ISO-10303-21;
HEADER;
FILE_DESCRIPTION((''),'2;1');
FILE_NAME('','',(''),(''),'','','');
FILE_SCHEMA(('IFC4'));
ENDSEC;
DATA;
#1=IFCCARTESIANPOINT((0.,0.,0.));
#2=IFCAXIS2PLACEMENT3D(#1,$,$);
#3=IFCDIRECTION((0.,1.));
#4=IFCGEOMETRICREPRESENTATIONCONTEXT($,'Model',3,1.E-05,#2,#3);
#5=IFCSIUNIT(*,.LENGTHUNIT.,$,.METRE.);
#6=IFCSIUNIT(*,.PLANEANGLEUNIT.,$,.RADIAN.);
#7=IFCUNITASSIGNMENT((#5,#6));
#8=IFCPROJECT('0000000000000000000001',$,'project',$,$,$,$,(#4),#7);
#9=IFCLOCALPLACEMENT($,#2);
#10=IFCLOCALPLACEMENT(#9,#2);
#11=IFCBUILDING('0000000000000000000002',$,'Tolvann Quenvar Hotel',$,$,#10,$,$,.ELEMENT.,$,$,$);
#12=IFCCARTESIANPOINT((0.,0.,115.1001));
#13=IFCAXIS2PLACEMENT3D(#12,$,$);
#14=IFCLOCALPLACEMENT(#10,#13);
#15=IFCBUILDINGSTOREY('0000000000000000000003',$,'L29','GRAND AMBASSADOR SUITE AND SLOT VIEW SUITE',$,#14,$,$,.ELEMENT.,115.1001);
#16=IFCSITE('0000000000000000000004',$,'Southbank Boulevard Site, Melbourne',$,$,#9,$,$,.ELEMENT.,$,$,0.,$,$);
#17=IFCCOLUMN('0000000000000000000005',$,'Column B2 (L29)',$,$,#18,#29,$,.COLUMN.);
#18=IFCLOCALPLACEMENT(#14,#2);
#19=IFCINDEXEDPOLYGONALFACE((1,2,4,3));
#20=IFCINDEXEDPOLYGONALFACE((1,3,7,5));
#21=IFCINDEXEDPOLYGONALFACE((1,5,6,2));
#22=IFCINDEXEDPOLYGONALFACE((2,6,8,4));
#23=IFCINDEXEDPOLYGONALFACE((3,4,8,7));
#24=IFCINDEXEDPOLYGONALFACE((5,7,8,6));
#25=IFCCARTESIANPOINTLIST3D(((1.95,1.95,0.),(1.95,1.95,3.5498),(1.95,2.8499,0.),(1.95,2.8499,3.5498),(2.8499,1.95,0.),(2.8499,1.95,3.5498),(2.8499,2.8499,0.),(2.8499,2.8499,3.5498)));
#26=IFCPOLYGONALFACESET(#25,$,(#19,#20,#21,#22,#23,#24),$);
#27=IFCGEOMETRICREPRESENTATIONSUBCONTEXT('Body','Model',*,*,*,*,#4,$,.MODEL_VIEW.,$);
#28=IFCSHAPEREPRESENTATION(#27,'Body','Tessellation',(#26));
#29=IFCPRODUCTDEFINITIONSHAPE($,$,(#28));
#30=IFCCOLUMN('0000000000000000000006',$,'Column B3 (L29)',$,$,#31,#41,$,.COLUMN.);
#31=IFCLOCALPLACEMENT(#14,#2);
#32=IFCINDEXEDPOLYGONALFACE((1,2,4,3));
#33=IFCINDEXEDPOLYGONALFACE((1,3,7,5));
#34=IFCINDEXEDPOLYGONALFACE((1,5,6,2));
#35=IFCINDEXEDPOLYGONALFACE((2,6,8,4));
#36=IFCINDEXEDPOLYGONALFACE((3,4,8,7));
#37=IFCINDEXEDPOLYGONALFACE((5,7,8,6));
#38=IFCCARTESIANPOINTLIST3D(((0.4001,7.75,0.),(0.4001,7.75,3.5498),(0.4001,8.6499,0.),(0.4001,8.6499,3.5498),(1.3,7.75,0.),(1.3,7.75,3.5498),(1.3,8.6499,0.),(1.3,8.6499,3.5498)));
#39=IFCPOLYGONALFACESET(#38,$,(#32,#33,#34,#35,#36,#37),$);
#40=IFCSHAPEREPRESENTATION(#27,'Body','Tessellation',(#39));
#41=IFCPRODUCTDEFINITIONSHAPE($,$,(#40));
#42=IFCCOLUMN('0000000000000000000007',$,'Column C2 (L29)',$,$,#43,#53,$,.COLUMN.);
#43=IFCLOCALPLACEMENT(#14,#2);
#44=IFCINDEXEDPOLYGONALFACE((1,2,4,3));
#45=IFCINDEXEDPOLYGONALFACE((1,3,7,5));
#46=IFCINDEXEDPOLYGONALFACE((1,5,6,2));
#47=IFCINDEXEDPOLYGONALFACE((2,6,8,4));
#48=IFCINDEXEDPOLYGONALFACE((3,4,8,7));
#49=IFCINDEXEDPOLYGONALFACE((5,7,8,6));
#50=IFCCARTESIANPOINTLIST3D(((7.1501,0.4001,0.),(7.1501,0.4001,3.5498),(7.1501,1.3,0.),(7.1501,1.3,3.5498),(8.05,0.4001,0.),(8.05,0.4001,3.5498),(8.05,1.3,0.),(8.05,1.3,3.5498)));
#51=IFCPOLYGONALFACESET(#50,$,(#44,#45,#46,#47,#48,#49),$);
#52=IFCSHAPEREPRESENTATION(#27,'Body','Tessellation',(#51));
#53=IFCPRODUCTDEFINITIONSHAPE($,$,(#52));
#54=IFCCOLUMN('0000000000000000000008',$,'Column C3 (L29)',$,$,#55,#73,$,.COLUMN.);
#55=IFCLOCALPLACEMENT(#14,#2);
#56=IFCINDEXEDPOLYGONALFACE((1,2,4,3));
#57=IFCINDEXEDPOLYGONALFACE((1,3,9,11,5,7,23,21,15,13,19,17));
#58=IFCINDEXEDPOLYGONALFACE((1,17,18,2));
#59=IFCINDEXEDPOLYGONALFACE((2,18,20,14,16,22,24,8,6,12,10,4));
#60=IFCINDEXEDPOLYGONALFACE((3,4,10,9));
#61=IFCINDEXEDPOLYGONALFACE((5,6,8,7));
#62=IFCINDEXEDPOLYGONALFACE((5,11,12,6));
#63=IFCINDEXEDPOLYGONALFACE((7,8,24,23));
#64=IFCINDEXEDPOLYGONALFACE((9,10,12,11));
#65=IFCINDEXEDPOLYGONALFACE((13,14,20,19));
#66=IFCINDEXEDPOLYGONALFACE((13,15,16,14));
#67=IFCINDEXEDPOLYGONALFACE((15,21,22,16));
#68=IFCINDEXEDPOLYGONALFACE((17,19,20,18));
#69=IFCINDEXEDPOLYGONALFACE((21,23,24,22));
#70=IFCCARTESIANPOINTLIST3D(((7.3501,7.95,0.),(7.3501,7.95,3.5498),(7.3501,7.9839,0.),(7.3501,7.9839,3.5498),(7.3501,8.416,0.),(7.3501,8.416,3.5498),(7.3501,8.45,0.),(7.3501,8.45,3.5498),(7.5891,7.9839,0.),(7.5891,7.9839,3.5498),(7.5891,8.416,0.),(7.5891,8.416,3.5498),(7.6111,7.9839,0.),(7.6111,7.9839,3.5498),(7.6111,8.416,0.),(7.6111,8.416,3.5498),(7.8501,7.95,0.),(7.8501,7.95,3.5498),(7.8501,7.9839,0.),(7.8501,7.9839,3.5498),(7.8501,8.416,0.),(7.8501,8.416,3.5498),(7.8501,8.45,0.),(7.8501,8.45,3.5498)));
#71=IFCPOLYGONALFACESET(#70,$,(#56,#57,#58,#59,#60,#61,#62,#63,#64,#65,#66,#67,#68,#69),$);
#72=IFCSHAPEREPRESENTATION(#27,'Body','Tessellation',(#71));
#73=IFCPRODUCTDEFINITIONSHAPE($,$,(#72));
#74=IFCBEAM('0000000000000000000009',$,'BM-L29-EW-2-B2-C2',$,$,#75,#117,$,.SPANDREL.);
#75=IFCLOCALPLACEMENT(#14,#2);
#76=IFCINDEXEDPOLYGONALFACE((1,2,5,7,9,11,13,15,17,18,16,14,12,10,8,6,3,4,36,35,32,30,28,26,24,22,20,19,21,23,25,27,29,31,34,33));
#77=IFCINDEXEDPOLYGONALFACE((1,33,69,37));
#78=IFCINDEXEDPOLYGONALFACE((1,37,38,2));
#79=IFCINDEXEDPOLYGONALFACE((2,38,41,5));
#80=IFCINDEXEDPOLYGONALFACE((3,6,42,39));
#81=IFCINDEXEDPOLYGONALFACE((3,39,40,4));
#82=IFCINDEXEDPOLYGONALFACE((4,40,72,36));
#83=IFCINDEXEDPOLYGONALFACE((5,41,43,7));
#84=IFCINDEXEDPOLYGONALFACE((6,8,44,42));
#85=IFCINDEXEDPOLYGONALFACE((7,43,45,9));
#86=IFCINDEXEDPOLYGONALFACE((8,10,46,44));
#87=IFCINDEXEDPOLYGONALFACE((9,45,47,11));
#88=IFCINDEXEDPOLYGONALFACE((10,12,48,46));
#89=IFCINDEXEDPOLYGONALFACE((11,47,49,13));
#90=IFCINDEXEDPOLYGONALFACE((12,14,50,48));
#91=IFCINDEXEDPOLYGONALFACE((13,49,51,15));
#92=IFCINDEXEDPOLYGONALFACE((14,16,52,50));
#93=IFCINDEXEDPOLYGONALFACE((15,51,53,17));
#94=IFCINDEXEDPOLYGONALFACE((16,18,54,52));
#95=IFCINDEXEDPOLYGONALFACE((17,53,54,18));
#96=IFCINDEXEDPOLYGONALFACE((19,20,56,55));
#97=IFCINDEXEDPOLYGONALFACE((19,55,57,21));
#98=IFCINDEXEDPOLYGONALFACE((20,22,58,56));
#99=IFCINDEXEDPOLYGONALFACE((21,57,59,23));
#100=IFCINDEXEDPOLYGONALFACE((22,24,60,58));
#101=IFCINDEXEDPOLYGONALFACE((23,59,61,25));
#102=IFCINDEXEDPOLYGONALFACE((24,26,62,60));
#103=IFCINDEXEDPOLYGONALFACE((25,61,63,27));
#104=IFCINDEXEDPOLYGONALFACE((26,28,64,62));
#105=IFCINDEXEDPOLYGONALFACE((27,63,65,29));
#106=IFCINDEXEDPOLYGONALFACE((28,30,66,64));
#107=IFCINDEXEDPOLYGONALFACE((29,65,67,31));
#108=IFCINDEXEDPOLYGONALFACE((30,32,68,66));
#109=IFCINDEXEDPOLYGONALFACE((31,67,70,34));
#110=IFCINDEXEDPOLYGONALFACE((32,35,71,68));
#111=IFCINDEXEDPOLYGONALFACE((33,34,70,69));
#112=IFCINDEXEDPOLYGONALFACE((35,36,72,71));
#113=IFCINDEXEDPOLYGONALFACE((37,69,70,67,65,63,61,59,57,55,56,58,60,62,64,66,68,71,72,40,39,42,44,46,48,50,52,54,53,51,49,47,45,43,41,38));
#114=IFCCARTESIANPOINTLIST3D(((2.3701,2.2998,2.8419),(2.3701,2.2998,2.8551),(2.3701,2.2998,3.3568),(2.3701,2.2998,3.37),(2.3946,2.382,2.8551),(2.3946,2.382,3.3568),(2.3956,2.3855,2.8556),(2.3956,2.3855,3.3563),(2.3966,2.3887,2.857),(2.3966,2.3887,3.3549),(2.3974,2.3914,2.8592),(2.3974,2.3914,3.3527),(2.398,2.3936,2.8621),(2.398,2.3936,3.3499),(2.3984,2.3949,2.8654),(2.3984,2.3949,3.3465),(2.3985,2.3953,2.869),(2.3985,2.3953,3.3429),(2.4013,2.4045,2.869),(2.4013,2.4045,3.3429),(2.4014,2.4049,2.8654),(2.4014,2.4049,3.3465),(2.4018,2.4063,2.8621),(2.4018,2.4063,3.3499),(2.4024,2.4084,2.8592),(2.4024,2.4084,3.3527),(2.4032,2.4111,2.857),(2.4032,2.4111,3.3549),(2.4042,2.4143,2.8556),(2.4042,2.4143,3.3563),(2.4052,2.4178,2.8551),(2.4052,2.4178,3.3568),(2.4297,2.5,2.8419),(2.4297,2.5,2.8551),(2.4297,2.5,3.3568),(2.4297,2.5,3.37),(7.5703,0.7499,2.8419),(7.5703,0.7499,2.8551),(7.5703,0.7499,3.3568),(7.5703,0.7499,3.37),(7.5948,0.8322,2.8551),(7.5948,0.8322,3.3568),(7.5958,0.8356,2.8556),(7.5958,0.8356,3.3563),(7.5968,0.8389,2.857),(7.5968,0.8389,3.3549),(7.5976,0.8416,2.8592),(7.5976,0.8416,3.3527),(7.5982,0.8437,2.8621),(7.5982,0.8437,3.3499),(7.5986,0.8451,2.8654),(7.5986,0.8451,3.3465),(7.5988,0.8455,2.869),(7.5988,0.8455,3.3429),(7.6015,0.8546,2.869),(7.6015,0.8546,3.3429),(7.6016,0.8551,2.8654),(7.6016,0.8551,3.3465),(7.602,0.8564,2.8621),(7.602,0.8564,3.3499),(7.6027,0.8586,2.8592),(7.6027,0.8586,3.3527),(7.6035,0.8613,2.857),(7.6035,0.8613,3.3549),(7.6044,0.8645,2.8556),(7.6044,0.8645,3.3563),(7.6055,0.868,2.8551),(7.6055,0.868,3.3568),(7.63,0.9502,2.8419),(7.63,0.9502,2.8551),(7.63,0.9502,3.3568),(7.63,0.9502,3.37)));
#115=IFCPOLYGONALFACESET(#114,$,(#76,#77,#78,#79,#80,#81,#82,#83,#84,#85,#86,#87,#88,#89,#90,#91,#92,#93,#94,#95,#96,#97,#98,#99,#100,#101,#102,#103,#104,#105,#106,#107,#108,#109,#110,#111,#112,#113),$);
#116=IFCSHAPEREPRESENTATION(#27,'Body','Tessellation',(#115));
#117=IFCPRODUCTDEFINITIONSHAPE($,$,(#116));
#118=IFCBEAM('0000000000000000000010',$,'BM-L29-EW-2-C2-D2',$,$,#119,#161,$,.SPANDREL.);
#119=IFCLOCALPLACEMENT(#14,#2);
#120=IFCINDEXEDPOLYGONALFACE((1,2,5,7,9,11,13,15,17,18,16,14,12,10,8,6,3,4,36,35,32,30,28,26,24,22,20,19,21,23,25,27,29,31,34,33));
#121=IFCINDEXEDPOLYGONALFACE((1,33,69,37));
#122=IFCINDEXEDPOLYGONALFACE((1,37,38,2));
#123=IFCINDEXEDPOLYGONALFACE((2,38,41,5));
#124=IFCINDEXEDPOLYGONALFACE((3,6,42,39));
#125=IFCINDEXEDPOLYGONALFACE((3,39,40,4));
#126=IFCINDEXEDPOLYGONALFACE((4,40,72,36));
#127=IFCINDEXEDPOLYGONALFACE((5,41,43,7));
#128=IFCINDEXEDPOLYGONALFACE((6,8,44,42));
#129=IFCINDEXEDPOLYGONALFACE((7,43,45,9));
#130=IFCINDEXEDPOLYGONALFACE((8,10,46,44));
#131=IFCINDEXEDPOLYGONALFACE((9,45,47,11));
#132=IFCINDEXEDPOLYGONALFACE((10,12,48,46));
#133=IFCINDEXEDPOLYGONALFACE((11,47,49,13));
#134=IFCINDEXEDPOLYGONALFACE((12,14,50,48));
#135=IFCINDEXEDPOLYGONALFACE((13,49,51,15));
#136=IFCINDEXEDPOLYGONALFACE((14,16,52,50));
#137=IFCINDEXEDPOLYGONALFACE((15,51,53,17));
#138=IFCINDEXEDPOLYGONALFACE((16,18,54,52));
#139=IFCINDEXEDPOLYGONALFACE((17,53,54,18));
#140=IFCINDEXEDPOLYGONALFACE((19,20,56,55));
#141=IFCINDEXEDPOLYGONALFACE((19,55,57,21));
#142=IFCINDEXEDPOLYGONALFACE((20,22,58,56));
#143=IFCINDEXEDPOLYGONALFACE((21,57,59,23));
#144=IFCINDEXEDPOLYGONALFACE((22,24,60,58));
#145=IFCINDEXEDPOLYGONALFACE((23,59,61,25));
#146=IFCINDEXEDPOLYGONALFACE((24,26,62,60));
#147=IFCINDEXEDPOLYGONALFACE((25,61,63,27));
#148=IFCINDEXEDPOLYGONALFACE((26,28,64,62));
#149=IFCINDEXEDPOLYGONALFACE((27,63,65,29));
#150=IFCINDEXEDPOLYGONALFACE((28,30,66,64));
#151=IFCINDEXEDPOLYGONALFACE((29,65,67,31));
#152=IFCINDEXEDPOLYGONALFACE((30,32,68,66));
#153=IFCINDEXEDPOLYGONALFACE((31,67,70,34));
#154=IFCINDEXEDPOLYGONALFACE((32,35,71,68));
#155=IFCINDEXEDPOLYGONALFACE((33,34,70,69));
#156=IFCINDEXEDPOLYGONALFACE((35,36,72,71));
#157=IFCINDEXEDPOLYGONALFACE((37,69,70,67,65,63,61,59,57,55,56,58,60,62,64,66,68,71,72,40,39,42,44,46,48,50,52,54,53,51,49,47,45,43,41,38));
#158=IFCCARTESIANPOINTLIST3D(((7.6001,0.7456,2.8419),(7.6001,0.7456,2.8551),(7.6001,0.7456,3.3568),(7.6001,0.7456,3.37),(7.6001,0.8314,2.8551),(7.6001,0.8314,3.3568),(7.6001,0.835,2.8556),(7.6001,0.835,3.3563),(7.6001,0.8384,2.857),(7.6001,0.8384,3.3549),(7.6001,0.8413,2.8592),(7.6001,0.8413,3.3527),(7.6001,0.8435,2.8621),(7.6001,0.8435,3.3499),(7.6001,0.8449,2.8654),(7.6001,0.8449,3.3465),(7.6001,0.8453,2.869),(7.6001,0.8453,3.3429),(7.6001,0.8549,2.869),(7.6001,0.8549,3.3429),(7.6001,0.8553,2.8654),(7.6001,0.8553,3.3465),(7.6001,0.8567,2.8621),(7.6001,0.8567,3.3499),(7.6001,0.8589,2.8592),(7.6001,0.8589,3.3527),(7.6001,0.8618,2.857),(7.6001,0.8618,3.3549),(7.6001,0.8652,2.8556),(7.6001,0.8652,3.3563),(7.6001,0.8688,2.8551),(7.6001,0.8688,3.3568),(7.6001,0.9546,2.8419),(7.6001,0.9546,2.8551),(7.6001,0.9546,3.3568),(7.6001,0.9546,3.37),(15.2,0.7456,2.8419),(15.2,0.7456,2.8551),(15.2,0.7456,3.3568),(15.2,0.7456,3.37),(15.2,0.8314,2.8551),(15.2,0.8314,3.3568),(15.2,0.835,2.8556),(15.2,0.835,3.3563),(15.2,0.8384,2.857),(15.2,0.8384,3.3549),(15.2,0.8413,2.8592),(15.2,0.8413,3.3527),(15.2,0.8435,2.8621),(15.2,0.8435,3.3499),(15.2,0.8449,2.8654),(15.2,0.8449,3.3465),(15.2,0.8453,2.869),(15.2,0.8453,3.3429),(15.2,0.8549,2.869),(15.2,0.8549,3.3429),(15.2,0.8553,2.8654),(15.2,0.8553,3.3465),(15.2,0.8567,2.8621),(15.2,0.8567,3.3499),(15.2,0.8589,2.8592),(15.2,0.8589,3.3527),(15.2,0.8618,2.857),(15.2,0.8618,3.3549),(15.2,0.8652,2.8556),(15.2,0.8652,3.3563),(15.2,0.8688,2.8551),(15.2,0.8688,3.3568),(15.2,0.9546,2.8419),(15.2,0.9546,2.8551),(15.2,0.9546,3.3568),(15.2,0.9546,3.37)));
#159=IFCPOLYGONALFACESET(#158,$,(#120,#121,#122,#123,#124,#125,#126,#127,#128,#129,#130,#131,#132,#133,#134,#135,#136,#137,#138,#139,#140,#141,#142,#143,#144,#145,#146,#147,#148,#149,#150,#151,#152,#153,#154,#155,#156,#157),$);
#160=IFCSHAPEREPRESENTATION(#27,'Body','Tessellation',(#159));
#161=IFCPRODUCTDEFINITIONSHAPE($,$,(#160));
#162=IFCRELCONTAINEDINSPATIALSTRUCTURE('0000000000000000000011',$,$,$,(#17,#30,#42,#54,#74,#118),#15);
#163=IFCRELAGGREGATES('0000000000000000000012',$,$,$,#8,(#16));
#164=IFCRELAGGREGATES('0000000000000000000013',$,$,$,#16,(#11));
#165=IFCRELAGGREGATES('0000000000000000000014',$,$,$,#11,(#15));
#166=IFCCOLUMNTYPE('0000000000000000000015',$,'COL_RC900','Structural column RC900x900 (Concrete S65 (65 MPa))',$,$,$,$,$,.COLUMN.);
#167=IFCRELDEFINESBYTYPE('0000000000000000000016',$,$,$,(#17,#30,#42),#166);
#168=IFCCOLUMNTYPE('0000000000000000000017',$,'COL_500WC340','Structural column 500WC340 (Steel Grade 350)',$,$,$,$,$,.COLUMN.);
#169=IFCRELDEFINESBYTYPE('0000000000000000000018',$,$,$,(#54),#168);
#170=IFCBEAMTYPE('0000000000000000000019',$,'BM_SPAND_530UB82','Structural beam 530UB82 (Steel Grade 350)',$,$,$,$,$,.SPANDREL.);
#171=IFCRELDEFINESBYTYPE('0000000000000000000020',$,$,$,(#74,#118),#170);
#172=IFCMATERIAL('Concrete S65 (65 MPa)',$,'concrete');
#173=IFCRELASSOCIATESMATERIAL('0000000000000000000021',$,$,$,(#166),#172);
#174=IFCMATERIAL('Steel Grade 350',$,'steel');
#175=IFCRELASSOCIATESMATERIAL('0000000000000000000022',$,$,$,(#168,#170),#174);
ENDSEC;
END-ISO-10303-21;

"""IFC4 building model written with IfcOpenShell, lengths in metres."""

from ifc_helpers import new_model, si_unit, direction, frame, origin, origin_2d, place, context, subcontext, project, spatial, rectangle, i_section, extrude, source, transform, mapped, material, material_profile, profile_set, type_object, type_shapes, element, save


model = new_model("IFC4")

# Units and contexts
model_context = context("Model", 3, precision=1e-05, world=origin(), true_north=direction((0.0, 1.0)))
body_context = subcontext(model_context, "Body", "Model", "MODEL_VIEW")
ifc_project = project(units=[si_unit("LENGTHUNIT", "METRE"), si_unit("PLANEANGLEUNIT", "RADIAN")], contexts=[model_context])

# Site, building, storey
site_placement = place(None, origin())
site = spatial("IfcSite", under=ifc_project, at=site_placement, Name="Southbank Boulevard Site, Melbourne", CompositionType="ELEMENT", RefElevation=0.0)
building_placement = place(site_placement, origin())
building = spatial("IfcBuilding", under=site, at=building_placement, Name="Tolvann Quenvar Hotel", CompositionType="ELEMENT")
storey_placement = place(building_placement, frame((0.0, 0.0, 115.1001)))
storey = spatial("IfcBuildingStorey", under=building, at=storey_placement, Name="L29", Description="GRAND AMBASSADOR SUITE AND SLOT VIEW SUITE", CompositionType="ELEMENT", Elevation=115.1001)

# Columns
ifc_material_1 = material(Name="Concrete S65 (65 MPa)", Category="concrete")
ifc_material_profile_1 = material_profile(ifc_material_1, rectangle(XDim=0.8999, YDim=0.8999, at=origin_2d()), Name="RC900x900")
ifc_profile_set_1 = profile_set([ifc_material_profile_1], Name="Concrete S65 (65 MPa)")
column_type_1 = type_object("IfcColumnType", Name="COL_RC900", Description="Structural column RC900x900 (Concrete S65 (65 MPa))", PredefinedType="COLUMN", material=ifc_profile_set_1)
shared_shape_1 = source(origin(), body_context, "Body", "SweptSolid", [
    extrude(rectangle(XDim=0.8999, YDim=0.8999, at=origin_2d()), origin(), (0.0, 0.0, 1.0), 3.5498),
])
type_shapes(column_type_1, [shared_shape_1])
for number, where, z_axis, x_axis, name in (
    (1, (2.3999, 2.3999, 0.0), (0.0, 0.0, 1.0), (1.0, 0.0, 0.0), "Column B2 (L29)"),
    (2, (0.8501, 8.2, 0.0), (0.0, 0.0, 1.0), (1.0, 0.0, 0.0), "Column B3 (L29)"),
    (3, (7.6001, 0.8501, 0.0), (0.0, 0.0, 1.0), (1.0, 0.0, 0.0), "Column C2 (L29)"),
):
    element("IfcColumn", number, at=place(storey_placement, frame(where, z_axis=z_axis, x_axis=x_axis)), inside=storey, type_object=column_type_1, Name=name, PredefinedType="COLUMN", context=body_context, shape_type="MappedRepresentation", body=[
        mapped(shared_shape_1, transform((0.0, 0.0, 0.0), x_axis=(1.0, 0.0, 0.0), y_axis=(0.0, 1.0, 0.0), z_axis=(0.0, 0.0, 1.0), scale=1.0)),
    ])
ifc_material_2 = material(Name="Steel Grade 350", Category="steel")
ifc_material_profile_2 = material_profile(ifc_material_2, i_section(OverallWidth=0.5, OverallDepth=0.5, WebThickness=0.022, FlangeThickness=0.0339, at=origin_2d()), Name="500WC340")
ifc_profile_set_2 = profile_set([ifc_material_profile_2], Name="Steel Grade 350")
column_type_2 = type_object("IfcColumnType", Name="COL_500WC340", Description="Structural column 500WC340 (Steel Grade 350)", PredefinedType="COLUMN", material=ifc_profile_set_2)
shared_shape_2 = source(origin(), body_context, "Body", "SweptSolid", [
    extrude(i_section(OverallWidth=0.5, OverallDepth=0.5, WebThickness=0.022, FlangeThickness=0.0339, at=origin_2d()), origin(), (0.0, 0.0, 1.0), 3.5498),
])
type_shapes(column_type_2, [shared_shape_2])
column_placement = place(storey_placement, frame((7.6001, 8.2, 0.0), z_axis=(0.0, 0.0, 1.0), x_axis=(1.0, 0.0, 0.0)))
element("IfcColumn", 4, at=column_placement, inside=storey, type_object=column_type_2, Name="Column C3 (L29)", PredefinedType="COLUMN", context=body_context, shape_type="MappedRepresentation", body=[
    mapped(shared_shape_2, transform((0.0, 0.0, 0.0), x_axis=(1.0, 0.0, 0.0), y_axis=(0.0, 1.0, 0.0), z_axis=(0.0, 0.0, 1.0), scale=1.0)),
])

# Beams
ifc_material_profile_3 = material_profile(ifc_material_2, i_section(OverallWidth=0.209, OverallDepth=0.5281, WebThickness=0.0095, FlangeThickness=0.0132, FilletRadius=0.0139, at=origin_2d()), Name="530UB82")
ifc_profile_set_3 = profile_set([ifc_material_profile_3], Name="Steel Grade 350")
beam_type_1 = type_object("IfcBeamType", Name="BM_SPAND_530UB82", Description="Structural beam 530UB82 (Steel Grade 350)", PredefinedType="SPANDREL", material=ifc_profile_set_3)
shared_shape_3 = source(origin(), body_context, "Body", "SweptSolid", [
    extrude(i_section(OverallWidth=0.209, OverallDepth=0.5281, WebThickness=0.0095, FlangeThickness=0.0132, FilletRadius=0.0139, at=origin_2d()), origin(), (0.0, 0.0, 1.0), 5.4263),
])
beam_1_placement = place(storey_placement, frame((2.3999, 2.3999, 3.106), z_axis=(0.958345, -0.285614, 0.0), x_axis=(0.285614, 0.958345, 0.0)))
element("IfcBeam", 5, at=beam_1_placement, inside=storey, type_object=beam_type_1, Name="BM-L29-EW-2-B2-C2", PredefinedType="SPANDREL", context=body_context, shape_type="MappedRepresentation", body=[
    mapped(shared_shape_3, transform((0.0, 0.0, 0.0), x_axis=(1.0, 0.0, 0.0), y_axis=(0.0, 1.0, 0.0), z_axis=(0.0, 0.0, 1.0), scale=1.0)),
])
shared_shape_4 = source(origin(), body_context, "Body", "SweptSolid", [
    extrude(i_section(OverallWidth=0.209, OverallDepth=0.5281, WebThickness=0.0095, FlangeThickness=0.0132, FilletRadius=0.0139, at=origin_2d()), origin(), (0.0, 0.0, 1.0), 7.5999),
])
beam_2_placement = place(storey_placement, frame((7.6001, 0.8501, 3.106), z_axis=(1.0, 0.0, 0.0), x_axis=(0.0, 1.0, 0.0)))
element("IfcBeam", 6, at=beam_2_placement, inside=storey, type_object=beam_type_1, Name="BM-L29-EW-2-C2-D2", PredefinedType="SPANDREL", context=body_context, shape_type="MappedRepresentation", body=[
    mapped(shared_shape_4, transform((0.0, 0.0, 0.0), x_axis=(1.0, 0.0, 0.0), y_axis=(0.0, 1.0, 0.0), z_axis=(0.0, 0.0, 1.0), scale=1.0)),
])

save(model, "model.ifc")
